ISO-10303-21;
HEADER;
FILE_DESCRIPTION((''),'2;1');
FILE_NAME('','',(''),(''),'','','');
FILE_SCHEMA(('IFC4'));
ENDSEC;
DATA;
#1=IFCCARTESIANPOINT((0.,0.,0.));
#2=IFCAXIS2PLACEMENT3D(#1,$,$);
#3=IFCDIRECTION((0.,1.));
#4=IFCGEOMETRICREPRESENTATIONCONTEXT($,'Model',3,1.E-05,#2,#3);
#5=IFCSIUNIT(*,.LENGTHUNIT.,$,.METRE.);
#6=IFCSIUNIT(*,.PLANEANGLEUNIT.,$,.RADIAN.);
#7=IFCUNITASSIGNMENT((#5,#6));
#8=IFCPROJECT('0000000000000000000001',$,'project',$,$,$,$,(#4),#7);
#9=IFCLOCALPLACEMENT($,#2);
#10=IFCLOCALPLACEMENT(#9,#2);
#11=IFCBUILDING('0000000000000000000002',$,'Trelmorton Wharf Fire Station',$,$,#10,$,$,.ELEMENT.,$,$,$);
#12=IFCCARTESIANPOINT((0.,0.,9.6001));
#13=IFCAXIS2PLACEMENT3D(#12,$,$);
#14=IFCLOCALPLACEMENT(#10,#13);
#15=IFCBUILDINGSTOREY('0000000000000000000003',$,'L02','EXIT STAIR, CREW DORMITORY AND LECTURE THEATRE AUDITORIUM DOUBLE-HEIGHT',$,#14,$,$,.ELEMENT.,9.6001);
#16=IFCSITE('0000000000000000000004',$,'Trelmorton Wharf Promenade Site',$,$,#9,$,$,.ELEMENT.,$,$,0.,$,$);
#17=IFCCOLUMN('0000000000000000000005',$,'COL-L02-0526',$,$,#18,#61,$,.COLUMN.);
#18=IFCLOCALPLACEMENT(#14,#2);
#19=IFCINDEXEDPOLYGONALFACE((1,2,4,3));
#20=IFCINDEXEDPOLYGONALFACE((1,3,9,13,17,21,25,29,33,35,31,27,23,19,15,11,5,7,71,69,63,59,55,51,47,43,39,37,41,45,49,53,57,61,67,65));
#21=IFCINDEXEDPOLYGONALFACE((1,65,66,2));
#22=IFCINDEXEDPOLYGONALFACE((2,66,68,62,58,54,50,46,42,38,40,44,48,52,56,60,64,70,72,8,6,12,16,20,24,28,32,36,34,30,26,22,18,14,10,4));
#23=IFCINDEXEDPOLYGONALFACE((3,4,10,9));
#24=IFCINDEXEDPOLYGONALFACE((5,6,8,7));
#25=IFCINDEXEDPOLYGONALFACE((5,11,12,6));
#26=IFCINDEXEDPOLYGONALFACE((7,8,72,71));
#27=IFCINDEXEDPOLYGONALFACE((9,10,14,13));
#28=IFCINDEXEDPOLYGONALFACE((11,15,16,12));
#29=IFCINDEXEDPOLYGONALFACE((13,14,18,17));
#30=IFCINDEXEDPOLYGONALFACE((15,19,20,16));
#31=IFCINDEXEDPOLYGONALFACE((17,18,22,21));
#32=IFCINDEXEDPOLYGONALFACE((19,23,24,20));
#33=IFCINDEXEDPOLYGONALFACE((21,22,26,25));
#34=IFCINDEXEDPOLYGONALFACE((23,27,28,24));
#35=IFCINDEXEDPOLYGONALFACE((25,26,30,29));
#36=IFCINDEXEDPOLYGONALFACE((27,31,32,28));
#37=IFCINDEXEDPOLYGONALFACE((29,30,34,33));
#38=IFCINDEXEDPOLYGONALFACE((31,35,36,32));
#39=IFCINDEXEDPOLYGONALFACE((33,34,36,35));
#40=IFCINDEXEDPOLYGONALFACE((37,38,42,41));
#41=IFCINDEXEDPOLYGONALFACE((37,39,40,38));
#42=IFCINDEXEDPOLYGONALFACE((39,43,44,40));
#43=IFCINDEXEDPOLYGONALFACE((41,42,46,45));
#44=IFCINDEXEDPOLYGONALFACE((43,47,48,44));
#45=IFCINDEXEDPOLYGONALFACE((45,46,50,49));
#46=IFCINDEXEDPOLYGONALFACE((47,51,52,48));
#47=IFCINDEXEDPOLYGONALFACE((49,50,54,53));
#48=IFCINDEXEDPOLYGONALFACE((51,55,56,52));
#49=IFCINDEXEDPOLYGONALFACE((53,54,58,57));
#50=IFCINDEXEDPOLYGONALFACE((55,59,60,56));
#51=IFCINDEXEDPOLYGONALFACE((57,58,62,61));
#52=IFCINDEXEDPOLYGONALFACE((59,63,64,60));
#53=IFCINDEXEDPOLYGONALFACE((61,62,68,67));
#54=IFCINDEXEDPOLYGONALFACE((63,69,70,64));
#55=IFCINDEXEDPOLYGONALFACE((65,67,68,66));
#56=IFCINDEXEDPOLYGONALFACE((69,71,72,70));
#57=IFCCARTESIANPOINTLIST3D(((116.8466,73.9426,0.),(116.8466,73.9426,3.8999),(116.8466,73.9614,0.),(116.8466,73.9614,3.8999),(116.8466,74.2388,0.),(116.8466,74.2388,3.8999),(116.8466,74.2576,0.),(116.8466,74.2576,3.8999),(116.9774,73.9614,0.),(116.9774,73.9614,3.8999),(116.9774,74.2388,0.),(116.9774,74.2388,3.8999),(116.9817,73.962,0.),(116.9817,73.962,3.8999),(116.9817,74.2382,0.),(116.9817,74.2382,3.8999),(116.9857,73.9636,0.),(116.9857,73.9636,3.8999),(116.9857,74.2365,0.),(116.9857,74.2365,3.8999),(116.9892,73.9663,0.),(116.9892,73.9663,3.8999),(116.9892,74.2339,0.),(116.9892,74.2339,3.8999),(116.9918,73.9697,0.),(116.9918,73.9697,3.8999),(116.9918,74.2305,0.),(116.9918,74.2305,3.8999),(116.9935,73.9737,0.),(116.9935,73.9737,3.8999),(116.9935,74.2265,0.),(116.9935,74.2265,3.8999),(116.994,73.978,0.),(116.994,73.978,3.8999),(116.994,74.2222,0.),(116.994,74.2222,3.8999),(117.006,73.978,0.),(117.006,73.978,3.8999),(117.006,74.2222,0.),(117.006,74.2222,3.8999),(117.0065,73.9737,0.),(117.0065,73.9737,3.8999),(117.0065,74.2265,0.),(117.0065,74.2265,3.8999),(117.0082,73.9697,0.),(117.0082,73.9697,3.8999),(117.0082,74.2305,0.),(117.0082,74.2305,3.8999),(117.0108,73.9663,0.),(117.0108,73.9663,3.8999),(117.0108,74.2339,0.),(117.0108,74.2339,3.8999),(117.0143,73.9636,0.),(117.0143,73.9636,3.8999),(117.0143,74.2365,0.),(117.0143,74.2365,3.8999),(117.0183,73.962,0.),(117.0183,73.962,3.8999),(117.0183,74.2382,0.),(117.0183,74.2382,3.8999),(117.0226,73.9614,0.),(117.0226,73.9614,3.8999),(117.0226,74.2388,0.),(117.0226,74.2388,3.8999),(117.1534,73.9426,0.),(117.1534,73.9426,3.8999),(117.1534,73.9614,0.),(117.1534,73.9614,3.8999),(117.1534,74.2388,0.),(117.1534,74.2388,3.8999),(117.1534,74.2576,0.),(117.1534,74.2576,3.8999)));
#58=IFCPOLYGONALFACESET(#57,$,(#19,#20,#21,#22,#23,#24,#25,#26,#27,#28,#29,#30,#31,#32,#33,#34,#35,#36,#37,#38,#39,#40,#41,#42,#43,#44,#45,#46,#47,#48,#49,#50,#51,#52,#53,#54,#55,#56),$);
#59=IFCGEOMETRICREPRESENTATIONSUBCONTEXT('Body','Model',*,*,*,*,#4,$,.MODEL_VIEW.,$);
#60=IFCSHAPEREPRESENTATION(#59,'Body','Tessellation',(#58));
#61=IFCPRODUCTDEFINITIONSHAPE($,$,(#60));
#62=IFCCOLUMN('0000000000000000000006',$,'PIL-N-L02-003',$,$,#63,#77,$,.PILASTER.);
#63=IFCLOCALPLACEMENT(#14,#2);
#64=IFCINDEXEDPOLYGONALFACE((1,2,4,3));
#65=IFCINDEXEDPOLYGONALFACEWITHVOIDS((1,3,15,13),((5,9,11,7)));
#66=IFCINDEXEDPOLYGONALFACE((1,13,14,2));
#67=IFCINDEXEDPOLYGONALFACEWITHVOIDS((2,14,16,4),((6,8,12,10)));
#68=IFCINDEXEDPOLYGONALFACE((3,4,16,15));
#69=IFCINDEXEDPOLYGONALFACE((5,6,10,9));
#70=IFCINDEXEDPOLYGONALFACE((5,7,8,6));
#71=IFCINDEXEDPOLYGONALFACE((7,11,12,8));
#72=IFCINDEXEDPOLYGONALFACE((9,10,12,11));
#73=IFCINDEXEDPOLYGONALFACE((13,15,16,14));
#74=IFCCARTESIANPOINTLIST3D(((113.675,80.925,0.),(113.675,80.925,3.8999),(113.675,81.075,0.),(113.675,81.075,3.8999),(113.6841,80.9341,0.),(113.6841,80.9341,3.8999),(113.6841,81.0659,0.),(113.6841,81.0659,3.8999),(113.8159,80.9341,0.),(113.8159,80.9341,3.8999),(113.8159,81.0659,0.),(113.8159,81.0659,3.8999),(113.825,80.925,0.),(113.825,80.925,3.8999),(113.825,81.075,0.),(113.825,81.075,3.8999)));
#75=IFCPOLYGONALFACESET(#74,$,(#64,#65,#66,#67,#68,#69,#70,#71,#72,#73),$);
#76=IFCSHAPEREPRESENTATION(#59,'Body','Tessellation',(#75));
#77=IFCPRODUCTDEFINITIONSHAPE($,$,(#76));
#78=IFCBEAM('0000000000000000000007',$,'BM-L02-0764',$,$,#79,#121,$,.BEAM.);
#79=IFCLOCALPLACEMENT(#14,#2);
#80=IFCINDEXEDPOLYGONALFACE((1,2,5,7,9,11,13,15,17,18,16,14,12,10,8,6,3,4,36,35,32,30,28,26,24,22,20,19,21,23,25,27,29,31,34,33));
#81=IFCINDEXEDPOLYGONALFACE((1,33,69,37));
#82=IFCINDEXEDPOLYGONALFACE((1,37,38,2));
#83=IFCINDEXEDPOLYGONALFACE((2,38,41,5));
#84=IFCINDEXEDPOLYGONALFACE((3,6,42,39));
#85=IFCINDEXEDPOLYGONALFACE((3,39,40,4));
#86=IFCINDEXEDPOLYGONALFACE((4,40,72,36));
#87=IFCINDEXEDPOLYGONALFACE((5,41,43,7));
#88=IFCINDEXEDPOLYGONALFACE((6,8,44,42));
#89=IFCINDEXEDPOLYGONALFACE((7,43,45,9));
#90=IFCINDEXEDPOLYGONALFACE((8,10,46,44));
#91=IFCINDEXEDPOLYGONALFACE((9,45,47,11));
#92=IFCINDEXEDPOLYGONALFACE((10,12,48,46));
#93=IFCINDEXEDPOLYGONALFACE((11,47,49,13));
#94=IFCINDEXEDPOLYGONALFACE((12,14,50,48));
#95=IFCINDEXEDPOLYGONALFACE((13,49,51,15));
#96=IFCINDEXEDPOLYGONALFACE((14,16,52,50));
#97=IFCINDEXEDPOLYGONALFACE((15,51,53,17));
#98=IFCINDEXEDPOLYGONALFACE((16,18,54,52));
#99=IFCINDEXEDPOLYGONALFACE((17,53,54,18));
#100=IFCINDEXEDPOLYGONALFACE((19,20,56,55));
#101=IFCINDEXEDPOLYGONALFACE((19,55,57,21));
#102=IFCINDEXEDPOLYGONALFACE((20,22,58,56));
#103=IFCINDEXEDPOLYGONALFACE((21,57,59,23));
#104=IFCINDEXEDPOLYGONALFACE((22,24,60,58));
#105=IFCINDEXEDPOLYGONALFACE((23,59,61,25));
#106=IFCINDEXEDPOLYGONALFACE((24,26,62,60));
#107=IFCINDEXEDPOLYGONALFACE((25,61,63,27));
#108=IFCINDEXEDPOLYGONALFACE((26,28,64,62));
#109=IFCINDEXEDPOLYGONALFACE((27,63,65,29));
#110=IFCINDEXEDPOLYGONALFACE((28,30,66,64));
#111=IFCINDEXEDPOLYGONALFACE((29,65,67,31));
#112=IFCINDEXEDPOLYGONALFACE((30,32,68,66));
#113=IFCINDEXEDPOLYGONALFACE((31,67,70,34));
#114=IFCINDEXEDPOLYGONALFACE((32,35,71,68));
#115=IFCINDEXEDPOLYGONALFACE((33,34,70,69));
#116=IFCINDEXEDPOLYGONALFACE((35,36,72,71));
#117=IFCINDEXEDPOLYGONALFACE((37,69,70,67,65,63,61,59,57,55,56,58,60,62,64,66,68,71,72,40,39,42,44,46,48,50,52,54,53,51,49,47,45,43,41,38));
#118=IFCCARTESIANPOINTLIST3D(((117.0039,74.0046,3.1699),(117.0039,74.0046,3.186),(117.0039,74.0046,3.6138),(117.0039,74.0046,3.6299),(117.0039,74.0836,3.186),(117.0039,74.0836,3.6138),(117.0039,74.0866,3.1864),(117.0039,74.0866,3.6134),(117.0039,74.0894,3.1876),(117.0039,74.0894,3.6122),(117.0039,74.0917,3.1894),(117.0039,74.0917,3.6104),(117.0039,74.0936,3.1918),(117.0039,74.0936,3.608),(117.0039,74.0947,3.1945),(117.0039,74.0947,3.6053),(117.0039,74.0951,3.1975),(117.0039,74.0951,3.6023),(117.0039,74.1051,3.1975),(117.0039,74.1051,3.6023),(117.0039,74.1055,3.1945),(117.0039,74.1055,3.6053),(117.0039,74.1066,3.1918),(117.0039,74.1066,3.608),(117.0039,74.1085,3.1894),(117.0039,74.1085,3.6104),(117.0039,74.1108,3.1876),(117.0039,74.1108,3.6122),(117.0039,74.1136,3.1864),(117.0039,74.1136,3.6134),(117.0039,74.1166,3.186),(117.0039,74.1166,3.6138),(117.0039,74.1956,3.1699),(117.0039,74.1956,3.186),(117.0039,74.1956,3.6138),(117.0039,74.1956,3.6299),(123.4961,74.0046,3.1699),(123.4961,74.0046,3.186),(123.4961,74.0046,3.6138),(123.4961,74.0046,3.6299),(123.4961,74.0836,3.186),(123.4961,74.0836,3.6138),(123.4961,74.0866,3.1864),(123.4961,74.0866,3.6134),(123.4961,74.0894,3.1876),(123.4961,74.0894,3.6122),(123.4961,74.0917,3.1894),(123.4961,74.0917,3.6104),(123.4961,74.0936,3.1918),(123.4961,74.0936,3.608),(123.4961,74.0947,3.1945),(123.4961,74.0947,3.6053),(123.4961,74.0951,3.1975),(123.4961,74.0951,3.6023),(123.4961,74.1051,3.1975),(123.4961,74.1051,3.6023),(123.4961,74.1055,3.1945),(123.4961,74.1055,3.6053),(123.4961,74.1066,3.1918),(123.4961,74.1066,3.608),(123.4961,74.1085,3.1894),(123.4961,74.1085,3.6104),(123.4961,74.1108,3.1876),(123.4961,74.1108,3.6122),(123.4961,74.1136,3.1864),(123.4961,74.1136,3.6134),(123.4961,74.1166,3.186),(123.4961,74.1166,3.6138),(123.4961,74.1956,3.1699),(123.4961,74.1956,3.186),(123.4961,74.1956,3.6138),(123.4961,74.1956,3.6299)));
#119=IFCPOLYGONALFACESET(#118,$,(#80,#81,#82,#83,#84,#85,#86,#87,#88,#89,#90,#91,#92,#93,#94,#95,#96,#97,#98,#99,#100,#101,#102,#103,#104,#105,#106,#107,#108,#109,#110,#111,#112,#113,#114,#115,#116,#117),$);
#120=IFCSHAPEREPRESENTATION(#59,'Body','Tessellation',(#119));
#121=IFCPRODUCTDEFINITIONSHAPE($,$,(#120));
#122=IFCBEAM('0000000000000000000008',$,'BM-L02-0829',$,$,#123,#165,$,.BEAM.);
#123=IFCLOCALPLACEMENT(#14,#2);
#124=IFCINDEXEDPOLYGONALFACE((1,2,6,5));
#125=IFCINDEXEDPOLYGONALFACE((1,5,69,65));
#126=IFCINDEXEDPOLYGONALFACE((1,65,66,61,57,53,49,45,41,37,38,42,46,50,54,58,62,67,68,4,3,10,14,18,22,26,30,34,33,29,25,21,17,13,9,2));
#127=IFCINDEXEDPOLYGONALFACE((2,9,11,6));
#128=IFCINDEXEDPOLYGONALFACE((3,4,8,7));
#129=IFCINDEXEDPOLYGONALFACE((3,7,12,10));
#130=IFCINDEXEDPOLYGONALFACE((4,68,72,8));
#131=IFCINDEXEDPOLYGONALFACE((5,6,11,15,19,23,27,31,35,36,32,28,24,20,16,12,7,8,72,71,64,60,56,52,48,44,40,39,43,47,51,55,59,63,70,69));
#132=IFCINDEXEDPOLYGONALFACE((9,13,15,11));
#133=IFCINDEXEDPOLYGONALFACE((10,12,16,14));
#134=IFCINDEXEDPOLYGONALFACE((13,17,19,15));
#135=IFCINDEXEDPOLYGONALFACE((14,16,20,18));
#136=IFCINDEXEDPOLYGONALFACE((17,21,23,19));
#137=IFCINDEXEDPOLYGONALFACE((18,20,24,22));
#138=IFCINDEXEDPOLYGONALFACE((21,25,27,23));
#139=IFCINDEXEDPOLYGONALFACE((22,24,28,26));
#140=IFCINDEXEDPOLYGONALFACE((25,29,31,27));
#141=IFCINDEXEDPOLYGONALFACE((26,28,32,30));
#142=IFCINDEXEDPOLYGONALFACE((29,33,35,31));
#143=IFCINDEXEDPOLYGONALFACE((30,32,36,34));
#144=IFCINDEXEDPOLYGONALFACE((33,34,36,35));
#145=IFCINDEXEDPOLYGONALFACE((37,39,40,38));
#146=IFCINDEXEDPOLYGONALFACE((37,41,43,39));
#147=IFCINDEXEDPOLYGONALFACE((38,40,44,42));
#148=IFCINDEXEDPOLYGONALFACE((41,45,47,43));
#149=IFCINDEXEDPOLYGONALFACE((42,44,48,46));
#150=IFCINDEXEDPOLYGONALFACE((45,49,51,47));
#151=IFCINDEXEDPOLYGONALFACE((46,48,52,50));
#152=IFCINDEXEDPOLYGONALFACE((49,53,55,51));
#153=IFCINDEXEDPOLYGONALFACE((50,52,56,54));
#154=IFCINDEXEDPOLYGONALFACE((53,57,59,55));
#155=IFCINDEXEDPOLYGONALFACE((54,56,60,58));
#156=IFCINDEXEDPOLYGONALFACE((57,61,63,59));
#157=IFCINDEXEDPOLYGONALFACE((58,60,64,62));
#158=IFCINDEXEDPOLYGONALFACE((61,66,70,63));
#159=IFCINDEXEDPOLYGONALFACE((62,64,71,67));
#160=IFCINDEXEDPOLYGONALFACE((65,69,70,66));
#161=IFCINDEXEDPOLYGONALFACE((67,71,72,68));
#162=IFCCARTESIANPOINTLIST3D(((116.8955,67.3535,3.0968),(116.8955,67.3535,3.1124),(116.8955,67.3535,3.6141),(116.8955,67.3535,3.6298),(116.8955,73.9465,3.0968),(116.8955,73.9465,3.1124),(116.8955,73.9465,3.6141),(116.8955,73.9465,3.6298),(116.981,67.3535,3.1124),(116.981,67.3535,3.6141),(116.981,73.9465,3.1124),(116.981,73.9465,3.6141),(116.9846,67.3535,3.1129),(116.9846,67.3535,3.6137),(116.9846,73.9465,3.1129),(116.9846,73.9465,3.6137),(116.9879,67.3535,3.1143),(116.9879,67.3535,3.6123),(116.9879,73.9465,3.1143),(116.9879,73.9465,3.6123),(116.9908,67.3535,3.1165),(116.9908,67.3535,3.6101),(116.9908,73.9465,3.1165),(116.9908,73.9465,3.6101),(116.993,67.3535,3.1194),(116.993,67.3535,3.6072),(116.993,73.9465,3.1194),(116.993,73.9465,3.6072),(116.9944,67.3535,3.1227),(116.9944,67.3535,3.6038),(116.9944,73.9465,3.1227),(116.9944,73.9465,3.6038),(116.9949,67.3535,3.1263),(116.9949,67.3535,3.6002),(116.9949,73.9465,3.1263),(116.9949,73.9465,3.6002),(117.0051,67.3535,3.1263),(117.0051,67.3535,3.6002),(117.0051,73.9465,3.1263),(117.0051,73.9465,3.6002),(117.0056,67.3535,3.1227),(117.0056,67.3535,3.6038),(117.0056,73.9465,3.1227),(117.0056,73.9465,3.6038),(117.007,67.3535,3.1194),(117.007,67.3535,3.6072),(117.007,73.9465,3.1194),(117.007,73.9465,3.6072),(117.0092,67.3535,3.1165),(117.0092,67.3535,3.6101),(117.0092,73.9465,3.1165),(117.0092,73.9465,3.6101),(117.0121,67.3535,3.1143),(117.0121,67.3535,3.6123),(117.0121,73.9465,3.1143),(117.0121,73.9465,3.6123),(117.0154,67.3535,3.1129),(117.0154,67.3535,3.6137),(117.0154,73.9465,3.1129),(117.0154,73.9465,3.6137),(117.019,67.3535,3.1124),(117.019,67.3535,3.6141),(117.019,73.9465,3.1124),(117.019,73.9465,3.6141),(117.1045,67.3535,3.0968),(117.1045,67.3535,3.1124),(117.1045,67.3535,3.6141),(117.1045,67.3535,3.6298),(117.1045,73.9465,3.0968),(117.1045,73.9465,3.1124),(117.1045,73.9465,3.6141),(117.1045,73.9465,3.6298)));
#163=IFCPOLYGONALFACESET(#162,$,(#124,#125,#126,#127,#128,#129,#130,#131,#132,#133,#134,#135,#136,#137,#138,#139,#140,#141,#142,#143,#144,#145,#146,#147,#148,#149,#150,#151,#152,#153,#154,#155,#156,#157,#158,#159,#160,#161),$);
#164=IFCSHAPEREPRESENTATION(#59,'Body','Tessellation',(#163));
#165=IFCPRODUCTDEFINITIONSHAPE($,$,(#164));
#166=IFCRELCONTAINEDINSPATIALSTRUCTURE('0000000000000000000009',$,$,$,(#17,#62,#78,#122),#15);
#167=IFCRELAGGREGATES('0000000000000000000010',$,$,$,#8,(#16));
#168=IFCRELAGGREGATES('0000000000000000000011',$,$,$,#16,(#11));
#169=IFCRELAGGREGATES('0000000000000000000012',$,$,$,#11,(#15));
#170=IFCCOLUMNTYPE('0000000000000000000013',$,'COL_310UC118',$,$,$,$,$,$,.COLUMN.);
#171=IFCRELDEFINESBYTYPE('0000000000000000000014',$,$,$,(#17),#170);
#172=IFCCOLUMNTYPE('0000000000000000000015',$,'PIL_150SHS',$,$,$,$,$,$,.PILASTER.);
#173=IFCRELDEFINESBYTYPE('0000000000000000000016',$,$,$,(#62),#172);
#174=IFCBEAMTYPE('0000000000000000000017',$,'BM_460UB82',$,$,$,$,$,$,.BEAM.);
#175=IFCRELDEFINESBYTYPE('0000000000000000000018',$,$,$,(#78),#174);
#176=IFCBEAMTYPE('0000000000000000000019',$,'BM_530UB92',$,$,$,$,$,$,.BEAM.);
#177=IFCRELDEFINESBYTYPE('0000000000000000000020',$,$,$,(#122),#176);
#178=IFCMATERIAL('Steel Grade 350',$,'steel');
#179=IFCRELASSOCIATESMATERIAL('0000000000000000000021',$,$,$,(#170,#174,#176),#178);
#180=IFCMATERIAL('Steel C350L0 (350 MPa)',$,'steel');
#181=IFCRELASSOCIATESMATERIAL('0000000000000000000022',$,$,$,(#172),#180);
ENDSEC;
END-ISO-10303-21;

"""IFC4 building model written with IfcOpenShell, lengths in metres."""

from ifc_helpers import new_model, si_unit, direction, frame, origin, origin_2d, place, context, subcontext, project, spatial, hollow_rectangle, i_section, extrude, material, material_profile, profile_set, type_object, element, save


model = new_model("IFC4")

# Units and contexts
model_context = context("Model", 3, precision=1e-05, world=origin(), true_north=direction((0.0, 1.0)))
body_context = subcontext(model_context, "Body", "Model", "MODEL_VIEW")
ifc_project = project(units=[si_unit("LENGTHUNIT", "METRE"), si_unit("PLANEANGLEUNIT", "RADIAN")], contexts=[model_context])

# Site, building, storey
site_placement = place(None, origin())
site = spatial("IfcSite", under=ifc_project, at=site_placement, Name="Trelmorton Wharf Promenade Site", CompositionType="ELEMENT", RefElevation=0.0)
building_placement = place(site_placement, origin())
building = spatial("IfcBuilding", under=site, at=building_placement, Name="Trelmorton Wharf Fire Station", CompositionType="ELEMENT")
storey_placement = place(building_placement, frame((0.0, 0.0, 9.6001)))
storey = spatial("IfcBuildingStorey", under=building, at=storey_placement, Name="L02", Description="EXIT STAIR, CREW DORMITORY AND LECTURE THEATRE AUDITORIUM DOUBLE-HEIGHT", CompositionType="ELEMENT", Elevation=9.6001)

# Columns
ifc_material_1 = material(Name="Steel Grade 350", Category="steel")
ifc_material_profile_1 = material_profile(ifc_material_1, i_section(OverallWidth=0.3069, OverallDepth=0.3149, WebThickness=0.012, FlangeThickness=0.0188, FilletRadius=0.0166, at=origin_2d()), Name="310UC118")
ifc_profile_set_1 = profile_set([ifc_material_profile_1], Name="Steel Grade 350")
column_type_1 = type_object("IfcColumnType", Name="COL_310UC118", PredefinedType="COLUMN", material=ifc_profile_set_1)
column_1_placement = place(storey_placement, frame((117.0, 74.1001, 0.0), z_axis=(0.0, 0.0, 1.0), x_axis=(1.0, 0.0, 0.0)))
element("IfcColumn", 1, at=column_1_placement, inside=storey, type_object=column_type_1, Name="COL-L02-0526", PredefinedType="COLUMN", context=body_context, shape_type="SweptSolid", body=[
    extrude(i_section(OverallWidth=0.3069, OverallDepth=0.3149, WebThickness=0.012, FlangeThickness=0.0188, FilletRadius=0.0166, at=origin_2d()), origin(), (0.0, 0.0, 1.0), 3.8999),
])
ifc_material_2 = material(Name="Steel C350L0 (350 MPa)", Category="steel")
ifc_material_profile_2 = material_profile(ifc_material_2, hollow_rectangle(XDim=0.1499, YDim=0.1499, WallThickness=0.009, at=origin_2d()), Name="150x150x9.0SHS")
ifc_profile_set_2 = profile_set([ifc_material_profile_2], Name="Steel C350L0 (350 MPa)")
column_type_2 = type_object("IfcColumnType", Name="PIL_150SHS", PredefinedType="PILASTER", material=ifc_profile_set_2)
column_2_placement = place(storey_placement, frame((113.75, 81.0, 0.0), z_axis=(0.0, 0.0, 1.0), x_axis=(1.0, 0.0, 0.0)))
element("IfcColumn", 2, at=column_2_placement, inside=storey, type_object=column_type_2, Name="PIL-N-L02-003", PredefinedType="PILASTER", context=body_context, shape_type="SweptSolid", body=[
    extrude(hollow_rectangle(XDim=0.1499, YDim=0.1499, WallThickness=0.009, at=origin_2d()), origin(), (0.0, 0.0, 1.0), 3.8999),
])

# Beams
ifc_material_profile_3 = material_profile(ifc_material_1, i_section(OverallWidth=0.1909, OverallDepth=0.46, WebThickness=0.01, FlangeThickness=0.0161, FilletRadius=0.0115, at=origin_2d()), Name="460UB82.1")
ifc_profile_set_3 = profile_set([ifc_material_profile_3], Name="Steel Grade 350")
beam_type_1 = type_object("IfcBeamType", Name="BM_460UB82", PredefinedType="BEAM", material=ifc_profile_set_3)
beam_placement = place(storey_placement, frame((117.0039, 74.1001, 3.3999), z_axis=(1.0, 0.0, 0.0), x_axis=(0.0, 1.0, 0.0)))
element("IfcBeam", 3, at=beam_placement, inside=storey, type_object=beam_type_1, Name="BM-L02-0764", PredefinedType="BEAM", context=body_context, shape_type="SweptSolid", body=[
    extrude(i_section(OverallWidth=0.1909, OverallDepth=0.46, WebThickness=0.01, FlangeThickness=0.0161, FilletRadius=0.0115, at=origin_2d()), origin(), (0.0, 0.0, 1.0), 6.4922),
])
ifc_material_profile_4 = material_profile(ifc_material_1, i_section(OverallWidth=0.209, OverallDepth=0.533, WebThickness=0.0103, FlangeThickness=0.0156, FilletRadius=0.0139, at=origin_2d()), Name="530UB92.4")
ifc_profile_set_4 = profile_set([ifc_material_profile_4], Name="Steel Grade 350")
beam_type_2 = type_object("IfcBeamType", Name="BM_530UB92", PredefinedType="BEAM", material=ifc_profile_set_4)
for number, where, z_axis, x_axis, name in (
    (4, (117.0, 67.3535, 3.3633), (0.0, 1.0, 0.0), (-1.0, 0.0, 0.0), "BM-L02-0829"),
):
    element("IfcBeam", number, at=place(storey_placement, frame(where, z_axis=z_axis, x_axis=x_axis)), inside=storey, type_object=beam_type_2, Name=name, PredefinedType="BEAM", context=body_context, shape_type="SweptSolid", body=[
        extrude(i_section(OverallWidth=0.209, OverallDepth=0.533, WebThickness=0.0103, FlangeThickness=0.0156, FilletRadius=0.0139, at=origin_2d()), origin(), (0.0, 0.0, 1.0), 6.593),
    ])

save(model, "model.ifc")
